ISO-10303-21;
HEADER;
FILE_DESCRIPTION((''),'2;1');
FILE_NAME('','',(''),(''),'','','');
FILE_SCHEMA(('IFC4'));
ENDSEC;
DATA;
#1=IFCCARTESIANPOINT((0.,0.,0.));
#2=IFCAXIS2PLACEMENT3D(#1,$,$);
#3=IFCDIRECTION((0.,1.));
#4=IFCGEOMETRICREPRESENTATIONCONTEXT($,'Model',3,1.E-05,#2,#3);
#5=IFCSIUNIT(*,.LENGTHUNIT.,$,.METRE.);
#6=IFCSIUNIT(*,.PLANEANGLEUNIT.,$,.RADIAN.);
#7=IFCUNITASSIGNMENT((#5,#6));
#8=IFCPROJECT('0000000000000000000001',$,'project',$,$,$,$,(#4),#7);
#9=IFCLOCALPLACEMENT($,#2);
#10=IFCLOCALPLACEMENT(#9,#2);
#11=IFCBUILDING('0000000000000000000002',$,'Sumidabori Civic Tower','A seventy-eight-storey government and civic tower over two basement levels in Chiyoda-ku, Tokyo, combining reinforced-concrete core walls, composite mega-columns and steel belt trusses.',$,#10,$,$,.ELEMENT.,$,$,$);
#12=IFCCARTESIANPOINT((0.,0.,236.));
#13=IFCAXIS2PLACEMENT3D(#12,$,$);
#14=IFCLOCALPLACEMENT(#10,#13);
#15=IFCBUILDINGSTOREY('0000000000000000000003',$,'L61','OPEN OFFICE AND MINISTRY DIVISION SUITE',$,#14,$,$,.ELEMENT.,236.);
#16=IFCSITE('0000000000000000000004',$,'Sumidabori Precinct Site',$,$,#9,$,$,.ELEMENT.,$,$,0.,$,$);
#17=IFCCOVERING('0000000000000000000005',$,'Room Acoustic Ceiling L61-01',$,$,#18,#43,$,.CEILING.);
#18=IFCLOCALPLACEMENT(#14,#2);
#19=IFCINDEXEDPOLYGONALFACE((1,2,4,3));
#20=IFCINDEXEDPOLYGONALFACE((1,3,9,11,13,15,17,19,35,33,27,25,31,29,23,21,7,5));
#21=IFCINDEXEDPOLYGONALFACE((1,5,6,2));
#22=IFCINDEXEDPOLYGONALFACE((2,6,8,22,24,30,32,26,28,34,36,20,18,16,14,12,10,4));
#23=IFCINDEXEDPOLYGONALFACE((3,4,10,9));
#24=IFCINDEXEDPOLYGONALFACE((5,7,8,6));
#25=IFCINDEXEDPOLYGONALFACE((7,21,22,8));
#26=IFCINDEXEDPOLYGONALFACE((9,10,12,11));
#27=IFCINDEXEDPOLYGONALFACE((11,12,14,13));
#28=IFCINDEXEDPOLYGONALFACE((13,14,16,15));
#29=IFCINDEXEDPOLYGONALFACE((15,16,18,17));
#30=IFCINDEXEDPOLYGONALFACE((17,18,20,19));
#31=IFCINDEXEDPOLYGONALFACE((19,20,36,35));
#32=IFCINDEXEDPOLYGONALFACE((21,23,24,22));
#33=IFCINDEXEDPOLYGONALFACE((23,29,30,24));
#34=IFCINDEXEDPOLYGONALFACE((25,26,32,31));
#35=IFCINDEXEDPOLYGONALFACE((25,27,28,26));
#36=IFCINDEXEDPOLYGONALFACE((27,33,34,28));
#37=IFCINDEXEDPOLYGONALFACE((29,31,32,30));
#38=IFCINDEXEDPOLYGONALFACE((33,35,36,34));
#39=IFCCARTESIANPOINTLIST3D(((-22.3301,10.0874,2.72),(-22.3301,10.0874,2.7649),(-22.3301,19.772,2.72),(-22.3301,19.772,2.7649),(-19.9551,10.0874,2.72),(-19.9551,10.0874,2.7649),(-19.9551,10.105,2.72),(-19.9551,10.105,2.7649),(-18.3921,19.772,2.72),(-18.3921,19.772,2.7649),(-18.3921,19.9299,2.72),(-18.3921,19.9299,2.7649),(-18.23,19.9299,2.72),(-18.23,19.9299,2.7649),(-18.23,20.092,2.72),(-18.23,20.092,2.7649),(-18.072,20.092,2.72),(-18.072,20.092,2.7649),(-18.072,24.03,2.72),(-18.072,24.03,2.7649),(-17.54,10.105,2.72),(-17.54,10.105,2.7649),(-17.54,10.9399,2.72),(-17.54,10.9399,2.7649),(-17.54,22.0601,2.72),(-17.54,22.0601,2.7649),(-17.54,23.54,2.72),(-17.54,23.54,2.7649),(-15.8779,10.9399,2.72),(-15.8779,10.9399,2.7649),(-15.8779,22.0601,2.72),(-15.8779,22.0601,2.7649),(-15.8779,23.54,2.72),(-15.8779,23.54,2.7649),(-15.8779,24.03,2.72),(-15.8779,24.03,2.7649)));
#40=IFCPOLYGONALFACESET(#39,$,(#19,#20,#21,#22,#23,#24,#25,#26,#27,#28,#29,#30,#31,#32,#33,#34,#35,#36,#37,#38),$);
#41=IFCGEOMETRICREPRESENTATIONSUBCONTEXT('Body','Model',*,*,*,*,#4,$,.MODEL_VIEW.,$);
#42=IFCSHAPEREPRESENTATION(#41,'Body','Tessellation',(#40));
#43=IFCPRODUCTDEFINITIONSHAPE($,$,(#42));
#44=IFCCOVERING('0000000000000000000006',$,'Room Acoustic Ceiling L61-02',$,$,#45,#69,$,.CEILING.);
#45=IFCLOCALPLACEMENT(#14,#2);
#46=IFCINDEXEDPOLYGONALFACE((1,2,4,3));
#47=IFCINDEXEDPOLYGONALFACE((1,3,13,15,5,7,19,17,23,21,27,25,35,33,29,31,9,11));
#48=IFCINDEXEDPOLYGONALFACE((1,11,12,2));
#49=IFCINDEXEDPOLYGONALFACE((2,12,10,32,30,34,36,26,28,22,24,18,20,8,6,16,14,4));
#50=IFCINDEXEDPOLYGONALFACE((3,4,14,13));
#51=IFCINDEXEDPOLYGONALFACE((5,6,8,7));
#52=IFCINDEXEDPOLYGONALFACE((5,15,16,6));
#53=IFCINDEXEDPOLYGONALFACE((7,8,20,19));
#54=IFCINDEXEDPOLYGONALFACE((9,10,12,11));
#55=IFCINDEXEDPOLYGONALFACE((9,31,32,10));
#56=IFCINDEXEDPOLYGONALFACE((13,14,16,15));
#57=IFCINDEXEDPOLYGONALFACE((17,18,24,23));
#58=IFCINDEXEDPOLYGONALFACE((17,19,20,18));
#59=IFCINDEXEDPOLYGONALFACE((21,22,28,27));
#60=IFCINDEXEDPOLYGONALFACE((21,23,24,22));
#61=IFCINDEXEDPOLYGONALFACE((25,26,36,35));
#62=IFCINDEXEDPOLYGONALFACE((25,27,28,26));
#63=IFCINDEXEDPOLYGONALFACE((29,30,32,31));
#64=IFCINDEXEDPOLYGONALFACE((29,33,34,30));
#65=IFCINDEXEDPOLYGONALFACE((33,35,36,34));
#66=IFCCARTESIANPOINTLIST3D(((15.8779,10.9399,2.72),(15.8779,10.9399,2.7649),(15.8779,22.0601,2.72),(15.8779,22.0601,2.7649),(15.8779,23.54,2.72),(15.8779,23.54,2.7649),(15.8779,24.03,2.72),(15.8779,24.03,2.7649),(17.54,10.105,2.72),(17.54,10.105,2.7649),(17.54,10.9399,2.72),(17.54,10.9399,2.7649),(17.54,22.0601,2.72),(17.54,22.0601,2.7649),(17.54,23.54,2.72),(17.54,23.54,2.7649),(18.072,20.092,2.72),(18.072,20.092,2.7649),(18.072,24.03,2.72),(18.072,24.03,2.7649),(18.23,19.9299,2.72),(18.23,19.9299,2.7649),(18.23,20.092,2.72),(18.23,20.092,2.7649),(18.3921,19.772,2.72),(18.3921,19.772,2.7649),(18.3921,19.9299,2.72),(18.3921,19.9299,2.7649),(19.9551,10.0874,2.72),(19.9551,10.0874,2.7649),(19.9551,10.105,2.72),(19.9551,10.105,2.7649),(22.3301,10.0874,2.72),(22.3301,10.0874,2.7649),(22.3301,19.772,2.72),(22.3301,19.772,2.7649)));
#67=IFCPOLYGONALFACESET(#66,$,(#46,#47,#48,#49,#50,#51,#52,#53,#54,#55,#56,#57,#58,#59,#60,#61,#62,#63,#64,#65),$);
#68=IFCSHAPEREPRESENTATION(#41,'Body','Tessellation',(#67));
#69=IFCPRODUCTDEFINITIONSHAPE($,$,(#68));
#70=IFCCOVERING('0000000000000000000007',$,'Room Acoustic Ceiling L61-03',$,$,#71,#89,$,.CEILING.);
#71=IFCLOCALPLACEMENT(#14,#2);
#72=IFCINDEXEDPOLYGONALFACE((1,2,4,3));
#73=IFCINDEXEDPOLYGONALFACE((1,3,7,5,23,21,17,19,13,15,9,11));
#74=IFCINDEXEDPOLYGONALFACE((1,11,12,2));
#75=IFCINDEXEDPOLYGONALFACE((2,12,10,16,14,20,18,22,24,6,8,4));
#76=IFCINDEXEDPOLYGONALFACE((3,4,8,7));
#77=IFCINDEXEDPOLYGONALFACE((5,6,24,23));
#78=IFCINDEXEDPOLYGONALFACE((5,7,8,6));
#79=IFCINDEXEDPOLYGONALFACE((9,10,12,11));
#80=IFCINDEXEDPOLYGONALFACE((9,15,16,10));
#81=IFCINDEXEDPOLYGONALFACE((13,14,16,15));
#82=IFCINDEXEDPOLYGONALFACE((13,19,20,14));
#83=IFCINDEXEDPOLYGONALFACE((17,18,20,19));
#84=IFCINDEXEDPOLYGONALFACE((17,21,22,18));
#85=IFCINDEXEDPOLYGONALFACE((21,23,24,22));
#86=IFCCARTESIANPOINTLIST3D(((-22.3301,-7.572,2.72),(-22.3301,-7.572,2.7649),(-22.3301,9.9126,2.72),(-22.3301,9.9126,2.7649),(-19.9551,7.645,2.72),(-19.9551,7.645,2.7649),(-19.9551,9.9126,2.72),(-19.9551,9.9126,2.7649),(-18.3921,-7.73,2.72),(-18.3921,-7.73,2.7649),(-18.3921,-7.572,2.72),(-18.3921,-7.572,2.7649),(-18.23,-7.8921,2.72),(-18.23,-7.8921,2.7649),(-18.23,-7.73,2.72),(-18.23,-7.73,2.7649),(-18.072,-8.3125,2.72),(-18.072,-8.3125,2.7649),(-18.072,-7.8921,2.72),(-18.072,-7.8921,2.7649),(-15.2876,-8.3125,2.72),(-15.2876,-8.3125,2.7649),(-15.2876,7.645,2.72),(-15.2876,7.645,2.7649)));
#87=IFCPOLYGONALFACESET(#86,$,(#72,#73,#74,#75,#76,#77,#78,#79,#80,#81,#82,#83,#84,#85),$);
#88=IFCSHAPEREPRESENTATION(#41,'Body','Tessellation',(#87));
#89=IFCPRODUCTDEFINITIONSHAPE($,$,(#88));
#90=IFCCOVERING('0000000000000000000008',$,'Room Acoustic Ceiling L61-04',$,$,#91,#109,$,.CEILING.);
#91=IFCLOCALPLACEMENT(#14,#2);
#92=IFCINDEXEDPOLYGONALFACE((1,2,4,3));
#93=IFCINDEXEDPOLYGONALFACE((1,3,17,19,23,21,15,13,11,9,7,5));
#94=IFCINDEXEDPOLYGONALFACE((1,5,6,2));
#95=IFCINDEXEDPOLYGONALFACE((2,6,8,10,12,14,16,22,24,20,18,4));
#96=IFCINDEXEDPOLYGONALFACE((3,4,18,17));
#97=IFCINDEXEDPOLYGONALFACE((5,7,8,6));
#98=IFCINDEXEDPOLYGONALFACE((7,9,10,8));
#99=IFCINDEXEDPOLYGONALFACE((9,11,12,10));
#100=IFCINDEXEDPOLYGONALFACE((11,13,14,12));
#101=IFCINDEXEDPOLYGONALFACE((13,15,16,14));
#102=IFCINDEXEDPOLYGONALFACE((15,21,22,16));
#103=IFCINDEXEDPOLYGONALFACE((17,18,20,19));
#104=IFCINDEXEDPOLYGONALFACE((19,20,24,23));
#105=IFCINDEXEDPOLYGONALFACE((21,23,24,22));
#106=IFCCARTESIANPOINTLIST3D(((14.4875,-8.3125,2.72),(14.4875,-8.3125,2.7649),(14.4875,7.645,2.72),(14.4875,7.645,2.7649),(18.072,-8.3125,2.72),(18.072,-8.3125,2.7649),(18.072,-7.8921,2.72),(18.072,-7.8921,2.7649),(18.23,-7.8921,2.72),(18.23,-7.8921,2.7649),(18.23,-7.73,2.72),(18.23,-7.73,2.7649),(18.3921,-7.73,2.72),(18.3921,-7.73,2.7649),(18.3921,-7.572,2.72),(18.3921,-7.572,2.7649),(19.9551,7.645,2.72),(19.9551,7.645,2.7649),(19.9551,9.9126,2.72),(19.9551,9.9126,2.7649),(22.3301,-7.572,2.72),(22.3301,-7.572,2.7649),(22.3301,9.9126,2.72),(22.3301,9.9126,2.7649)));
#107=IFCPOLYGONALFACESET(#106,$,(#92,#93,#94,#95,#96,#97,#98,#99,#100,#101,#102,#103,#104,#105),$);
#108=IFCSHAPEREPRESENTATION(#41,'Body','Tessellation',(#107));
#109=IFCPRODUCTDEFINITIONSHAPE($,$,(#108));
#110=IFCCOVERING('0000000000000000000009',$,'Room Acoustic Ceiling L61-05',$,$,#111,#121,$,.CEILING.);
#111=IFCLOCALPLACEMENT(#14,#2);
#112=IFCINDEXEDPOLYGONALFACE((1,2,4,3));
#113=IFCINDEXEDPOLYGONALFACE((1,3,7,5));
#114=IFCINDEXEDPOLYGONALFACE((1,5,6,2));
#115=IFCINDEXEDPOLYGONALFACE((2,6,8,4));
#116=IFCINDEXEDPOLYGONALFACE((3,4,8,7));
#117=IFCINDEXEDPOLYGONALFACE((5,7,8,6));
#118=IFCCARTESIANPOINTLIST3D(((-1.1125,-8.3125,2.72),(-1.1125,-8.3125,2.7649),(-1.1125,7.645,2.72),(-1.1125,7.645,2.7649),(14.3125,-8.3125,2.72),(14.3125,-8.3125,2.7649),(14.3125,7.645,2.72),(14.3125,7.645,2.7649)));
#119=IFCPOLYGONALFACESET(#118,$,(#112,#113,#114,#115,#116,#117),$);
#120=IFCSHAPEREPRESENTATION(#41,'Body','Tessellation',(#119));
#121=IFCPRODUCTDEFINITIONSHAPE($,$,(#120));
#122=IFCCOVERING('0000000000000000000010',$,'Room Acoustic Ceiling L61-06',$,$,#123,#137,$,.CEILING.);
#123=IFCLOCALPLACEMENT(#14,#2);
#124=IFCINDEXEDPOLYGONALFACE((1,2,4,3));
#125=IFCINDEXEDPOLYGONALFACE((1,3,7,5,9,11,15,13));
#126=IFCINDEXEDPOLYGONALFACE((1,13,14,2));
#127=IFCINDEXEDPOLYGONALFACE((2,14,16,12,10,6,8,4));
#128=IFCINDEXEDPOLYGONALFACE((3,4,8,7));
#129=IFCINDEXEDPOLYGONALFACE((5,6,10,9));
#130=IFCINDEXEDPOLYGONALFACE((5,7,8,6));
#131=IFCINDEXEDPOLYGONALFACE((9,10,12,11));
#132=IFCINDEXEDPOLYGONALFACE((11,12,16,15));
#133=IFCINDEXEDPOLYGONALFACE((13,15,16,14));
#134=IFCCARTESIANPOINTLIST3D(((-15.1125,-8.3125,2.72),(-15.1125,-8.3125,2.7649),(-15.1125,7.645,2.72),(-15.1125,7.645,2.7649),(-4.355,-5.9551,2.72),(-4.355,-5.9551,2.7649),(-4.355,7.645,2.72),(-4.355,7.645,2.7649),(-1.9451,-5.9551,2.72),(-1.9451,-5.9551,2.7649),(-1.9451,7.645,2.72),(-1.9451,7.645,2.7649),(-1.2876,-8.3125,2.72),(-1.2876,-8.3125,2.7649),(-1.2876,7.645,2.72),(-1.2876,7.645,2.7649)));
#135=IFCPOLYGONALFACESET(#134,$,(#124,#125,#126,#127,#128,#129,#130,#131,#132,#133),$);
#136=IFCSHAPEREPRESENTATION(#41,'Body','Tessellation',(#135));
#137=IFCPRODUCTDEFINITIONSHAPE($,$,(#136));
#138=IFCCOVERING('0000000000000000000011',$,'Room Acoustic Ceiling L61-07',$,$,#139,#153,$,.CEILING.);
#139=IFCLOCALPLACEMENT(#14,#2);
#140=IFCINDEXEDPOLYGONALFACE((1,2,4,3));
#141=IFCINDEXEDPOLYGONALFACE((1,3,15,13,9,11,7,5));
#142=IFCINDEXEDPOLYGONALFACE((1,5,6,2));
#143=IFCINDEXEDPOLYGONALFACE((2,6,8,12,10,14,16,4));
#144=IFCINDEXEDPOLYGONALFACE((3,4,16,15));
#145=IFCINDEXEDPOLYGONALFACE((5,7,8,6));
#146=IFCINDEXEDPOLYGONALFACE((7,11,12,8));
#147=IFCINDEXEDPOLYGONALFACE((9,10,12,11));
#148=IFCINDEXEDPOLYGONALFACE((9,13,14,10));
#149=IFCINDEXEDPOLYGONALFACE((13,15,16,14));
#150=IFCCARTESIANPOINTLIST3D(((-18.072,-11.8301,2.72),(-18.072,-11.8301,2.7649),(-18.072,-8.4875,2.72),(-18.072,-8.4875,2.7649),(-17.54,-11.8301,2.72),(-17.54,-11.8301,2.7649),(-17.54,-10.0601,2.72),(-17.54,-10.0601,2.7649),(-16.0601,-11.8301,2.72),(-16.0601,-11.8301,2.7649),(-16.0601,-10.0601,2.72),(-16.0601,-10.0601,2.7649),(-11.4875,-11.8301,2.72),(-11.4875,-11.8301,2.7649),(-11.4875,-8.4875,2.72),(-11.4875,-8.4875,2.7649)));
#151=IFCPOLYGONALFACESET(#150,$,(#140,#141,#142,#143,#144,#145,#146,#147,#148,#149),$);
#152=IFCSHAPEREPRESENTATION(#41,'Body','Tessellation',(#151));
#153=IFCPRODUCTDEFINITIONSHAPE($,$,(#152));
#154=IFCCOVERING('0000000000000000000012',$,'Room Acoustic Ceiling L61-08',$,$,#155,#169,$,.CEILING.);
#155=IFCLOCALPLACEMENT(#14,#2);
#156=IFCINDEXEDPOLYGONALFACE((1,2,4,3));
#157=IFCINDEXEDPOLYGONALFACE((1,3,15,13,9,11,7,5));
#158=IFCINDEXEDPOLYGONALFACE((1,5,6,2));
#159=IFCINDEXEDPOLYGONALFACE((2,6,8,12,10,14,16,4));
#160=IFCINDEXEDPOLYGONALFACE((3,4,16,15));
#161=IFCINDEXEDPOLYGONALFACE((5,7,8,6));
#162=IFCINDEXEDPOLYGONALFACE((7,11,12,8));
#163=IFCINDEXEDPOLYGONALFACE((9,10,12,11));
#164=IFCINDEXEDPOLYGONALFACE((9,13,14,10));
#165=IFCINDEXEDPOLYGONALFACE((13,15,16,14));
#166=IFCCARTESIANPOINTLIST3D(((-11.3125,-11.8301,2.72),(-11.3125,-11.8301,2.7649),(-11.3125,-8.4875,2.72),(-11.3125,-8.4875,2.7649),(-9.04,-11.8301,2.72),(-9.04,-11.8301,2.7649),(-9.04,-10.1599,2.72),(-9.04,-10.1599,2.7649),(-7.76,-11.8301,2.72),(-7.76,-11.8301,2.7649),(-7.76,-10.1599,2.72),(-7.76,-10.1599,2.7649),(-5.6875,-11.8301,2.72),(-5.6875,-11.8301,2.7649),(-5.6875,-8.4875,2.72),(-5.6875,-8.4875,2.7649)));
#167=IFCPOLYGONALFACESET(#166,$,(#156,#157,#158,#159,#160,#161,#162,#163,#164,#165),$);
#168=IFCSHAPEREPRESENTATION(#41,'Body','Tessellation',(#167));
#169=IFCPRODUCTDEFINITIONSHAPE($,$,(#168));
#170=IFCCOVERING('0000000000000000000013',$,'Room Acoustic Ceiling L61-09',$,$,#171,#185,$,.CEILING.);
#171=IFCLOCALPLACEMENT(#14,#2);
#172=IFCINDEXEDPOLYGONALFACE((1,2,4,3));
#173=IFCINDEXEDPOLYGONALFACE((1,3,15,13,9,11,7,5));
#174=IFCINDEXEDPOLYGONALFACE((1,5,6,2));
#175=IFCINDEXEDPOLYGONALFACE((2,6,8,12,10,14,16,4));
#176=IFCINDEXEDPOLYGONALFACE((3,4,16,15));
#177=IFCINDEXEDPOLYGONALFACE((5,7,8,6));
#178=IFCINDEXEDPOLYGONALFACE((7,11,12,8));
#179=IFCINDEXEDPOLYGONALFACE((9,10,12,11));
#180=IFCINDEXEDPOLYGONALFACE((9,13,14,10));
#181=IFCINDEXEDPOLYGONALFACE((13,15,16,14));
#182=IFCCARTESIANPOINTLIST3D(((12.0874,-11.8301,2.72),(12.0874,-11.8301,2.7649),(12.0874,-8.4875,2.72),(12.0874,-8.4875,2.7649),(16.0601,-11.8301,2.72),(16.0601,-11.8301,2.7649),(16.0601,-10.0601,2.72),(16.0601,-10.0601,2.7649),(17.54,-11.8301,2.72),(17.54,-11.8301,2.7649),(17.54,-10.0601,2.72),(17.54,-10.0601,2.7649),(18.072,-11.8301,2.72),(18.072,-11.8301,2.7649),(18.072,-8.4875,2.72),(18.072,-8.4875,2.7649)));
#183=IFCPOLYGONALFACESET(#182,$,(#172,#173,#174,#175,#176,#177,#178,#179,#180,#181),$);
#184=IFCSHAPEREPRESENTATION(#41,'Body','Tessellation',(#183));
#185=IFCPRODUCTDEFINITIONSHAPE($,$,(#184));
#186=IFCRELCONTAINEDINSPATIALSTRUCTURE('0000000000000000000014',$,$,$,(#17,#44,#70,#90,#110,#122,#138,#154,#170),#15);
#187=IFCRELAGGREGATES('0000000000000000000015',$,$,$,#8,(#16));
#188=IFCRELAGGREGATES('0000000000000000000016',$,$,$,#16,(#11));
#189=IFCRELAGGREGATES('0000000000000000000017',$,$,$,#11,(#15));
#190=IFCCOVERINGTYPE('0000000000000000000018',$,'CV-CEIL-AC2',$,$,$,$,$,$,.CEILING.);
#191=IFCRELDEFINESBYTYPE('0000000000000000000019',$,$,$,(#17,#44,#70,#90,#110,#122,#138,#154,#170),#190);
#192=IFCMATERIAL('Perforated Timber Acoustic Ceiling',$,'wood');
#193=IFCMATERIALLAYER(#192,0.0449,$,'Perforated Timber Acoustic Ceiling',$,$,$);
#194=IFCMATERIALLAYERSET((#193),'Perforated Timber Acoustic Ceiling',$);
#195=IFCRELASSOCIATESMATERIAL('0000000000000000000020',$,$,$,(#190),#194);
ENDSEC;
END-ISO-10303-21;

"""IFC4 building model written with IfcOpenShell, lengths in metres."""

from ifc_helpers import new_model, si_unit, direction, frame, origin, place, context, subcontext, project, spatial, polyline, outline, extrude, material, layer, layer_set, type_object, element, save


model = new_model("IFC4")

# Units and contexts
model_context = context("Model", 3, precision=1e-05, world=origin(), true_north=direction((0.0, 1.0)))
body_context = subcontext(model_context, "Body", "Model", "MODEL_VIEW")
ifc_project = project(units=[si_unit("LENGTHUNIT", "METRE"), si_unit("PLANEANGLEUNIT", "RADIAN")], contexts=[model_context])

# Site, building, storey
site_placement = place(None, origin())
site = spatial("IfcSite", under=ifc_project, at=site_placement, Name="Sumidabori Precinct Site", CompositionType="ELEMENT", RefElevation=0.0)
building_placement = place(site_placement, origin())
building = spatial("IfcBuilding", under=site, at=building_placement, Name="Sumidabori Civic Tower", Description="A seventy-eight-storey government and civic tower over two basement levels in Chiyoda-ku, Tokyo, combining reinforced-concrete core walls, composite mega-columns and steel belt trusses.", CompositionType="ELEMENT")
storey_placement = place(building_placement, frame((0.0, 0.0, 236.0)))
storey = spatial("IfcBuildingStorey", under=building, at=storey_placement, Name="L61", Description="OPEN OFFICE AND MINISTRY DIVISION SUITE", CompositionType="ELEMENT", Elevation=236.0)

# Coverings
ifc_material_1 = material(Name="Perforated Timber Acoustic Ceiling", Category="wood")
ifc_layer_1 = layer(ifc_material_1, 0.0449, Name="Perforated Timber Acoustic Ceiling")
ifc_layer_set_1 = layer_set([ifc_layer_1], Name="Perforated Timber Acoustic Ceiling")
covering_type_1 = type_object("IfcCoveringType", Name="CV-CEIL-AC2", PredefinedType="CEILING", material=ifc_layer_set_1)
covering_1_placement = place(storey_placement, frame((0.0, 0.0, 2.72)))
element("IfcCovering", 1, at=covering_1_placement, inside=storey, type_object=covering_type_1, Name="Room Acoustic Ceiling L61-01", PredefinedType="CEILING", context=body_context, shape_type="SweptSolid", body=[
    extrude(outline(polyline([(-22.3301, 10.0874), (-22.3301, 19.772), (-18.3921, 19.772), (-18.3921, 19.9299), (-18.23, 19.9299), (-18.23, 20.092), (-18.072, 20.092), (-18.072, 24.03), (-15.8779, 24.03), (-15.8779, 23.54), (-17.54, 23.54), (-17.54, 22.0601), (-15.8779, 22.0601), (-15.8779, 10.9399), (-17.54, 10.9399), (-17.54, 10.105), (-19.9551, 10.105), (-19.9551, 10.0874), (-22.3301, 10.0874)])), origin(), (0.0, 0.0, 1.0), 0.0449),
])
covering_2_placement = place(storey_placement, frame((0.0, 0.0, 2.72)))
element("IfcCovering", 2, at=covering_2_placement, inside=storey, type_object=covering_type_1, Name="Room Acoustic Ceiling L61-02", PredefinedType="CEILING", context=body_context, shape_type="SweptSolid", body=[
    extrude(outline(polyline([(17.54, 22.0601), (17.54, 23.54), (15.8779, 23.54), (15.8779, 24.03), (18.072, 24.03), (18.072, 20.092), (18.23, 20.092), (18.23, 19.9299), (18.3921, 19.9299), (18.3921, 19.772), (22.3301, 19.772), (22.3301, 10.0874), (19.9551, 10.0874), (19.9551, 10.105), (17.54, 10.105), (17.54, 10.9399), (15.8779, 10.9399), (15.8779, 22.0601), (17.54, 22.0601)])), origin(), (0.0, 0.0, 1.0), 0.0449),
])
covering_3_placement = place(storey_placement, frame((0.0, 0.0, 2.72)))
element("IfcCovering", 3, at=covering_3_placement, inside=storey, type_object=covering_type_1, Name="Room Acoustic Ceiling L61-03", PredefinedType="CEILING", context=body_context, shape_type="SweptSolid", body=[
    extrude(outline(polyline([(-22.3301, -7.572), (-22.3301, 9.9126), (-19.9551, 9.9126), (-19.9551, 7.645), (-15.2876, 7.645), (-15.2876, -8.3125), (-18.072, -8.3125), (-18.072, -7.8921), (-18.23, -7.8921), (-18.23, -7.73), (-18.3921, -7.73), (-18.3921, -7.572), (-22.3301, -7.572)])), origin(), (0.0, 0.0, 1.0), 0.0449),
])
covering_4_placement = place(storey_placement, frame((0.0, 0.0, 2.72)))
element("IfcCovering", 4, at=covering_4_placement, inside=storey, type_object=covering_type_1, Name="Room Acoustic Ceiling L61-04", PredefinedType="CEILING", context=body_context, shape_type="SweptSolid", body=[
    extrude(outline(polyline([(18.072, -8.3125), (14.4875, -8.3125), (14.4875, 7.645), (19.9551, 7.645), (19.9551, 9.9126), (22.3301, 9.9126), (22.3301, -7.572), (18.3921, -7.572), (18.3921, -7.73), (18.23, -7.73), (18.23, -7.8921), (18.072, -7.8921), (18.072, -8.3125)])), origin(), (0.0, 0.0, 1.0), 0.0449),
])
covering_5_placement = place(storey_placement, frame((0.0, 0.0, 2.72)))
element("IfcCovering", 5, at=covering_5_placement, inside=storey, type_object=covering_type_1, Name="Room Acoustic Ceiling L61-05", PredefinedType="CEILING", context=body_context, shape_type="SweptSolid", body=[
    extrude(outline(polyline([(-1.1125, -8.3125), (-1.1125, 7.645), (14.3125, 7.645), (14.3125, -8.3125), (-1.1125, -8.3125)])), origin(), (0.0, 0.0, 1.0), 0.0449),
])
covering_6_placement = place(storey_placement, frame((0.0, 0.0, 2.72)))
element("IfcCovering", 6, at=covering_6_placement, inside=storey, type_object=covering_type_1, Name="Room Acoustic Ceiling L61-06", PredefinedType="CEILING", context=body_context, shape_type="SweptSolid", body=[
    extrude(outline(polyline([(-15.1125, -8.3125), (-15.1125, 7.645), (-4.355, 7.645), (-4.355, -5.9551), (-1.9451, -5.9551), (-1.9451, 7.645), (-1.2876, 7.645), (-1.2876, -8.3125), (-15.1125, -8.3125)])), origin(), (0.0, 0.0, 1.0), 0.0449),
])
covering_7_placement = place(storey_placement, frame((0.0, 0.0, 2.72)))
element("IfcCovering", 7, at=covering_7_placement, inside=storey, type_object=covering_type_1, Name="Room Acoustic Ceiling L61-07", PredefinedType="CEILING", context=body_context, shape_type="SweptSolid", body=[
    extrude(outline(polyline([(-11.4875, -8.4875), (-11.4875, -11.8301), (-16.0601, -11.8301), (-16.0601, -10.0601), (-17.54, -10.0601), (-17.54, -11.8301), (-18.072, -11.8301), (-18.072, -8.4875), (-11.4875, -8.4875)])), origin(), (0.0, 0.0, 1.0), 0.0449),
])
covering_8_placement = place(storey_placement, frame((0.0, 0.0, 2.72)))
element("IfcCovering", 8, at=covering_8_placement, inside=storey, type_object=covering_type_1, Name="Room Acoustic Ceiling L61-08", PredefinedType="CEILING", context=body_context, shape_type="SweptSolid", body=[
    extrude(outline(polyline([(-5.6875, -8.4875), (-5.6875, -11.8301), (-7.76, -11.8301), (-7.76, -10.1599), (-9.04, -10.1599), (-9.04, -11.8301), (-11.3125, -11.8301), (-11.3125, -8.4875), (-5.6875, -8.4875)])), origin(), (0.0, 0.0, 1.0), 0.0449),
])
covering_9_placement = place(storey_placement, frame((0.0, 0.0, 2.72)))
element("IfcCovering", 9, at=covering_9_placement, inside=storey, type_object=covering_type_1, Name="Room Acoustic Ceiling L61-09", PredefinedType="CEILING", context=body_context, shape_type="SweptSolid", body=[
    extrude(outline(polyline([(18.072, -8.4875), (18.072, -11.8301), (17.54, -11.8301), (17.54, -10.0601), (16.0601, -10.0601), (16.0601, -11.8301), (12.0874, -11.8301), (12.0874, -8.4875), (18.072, -8.4875)])), origin(), (0.0, 0.0, 1.0), 0.0449),
])

save(model, "model.ifc")
